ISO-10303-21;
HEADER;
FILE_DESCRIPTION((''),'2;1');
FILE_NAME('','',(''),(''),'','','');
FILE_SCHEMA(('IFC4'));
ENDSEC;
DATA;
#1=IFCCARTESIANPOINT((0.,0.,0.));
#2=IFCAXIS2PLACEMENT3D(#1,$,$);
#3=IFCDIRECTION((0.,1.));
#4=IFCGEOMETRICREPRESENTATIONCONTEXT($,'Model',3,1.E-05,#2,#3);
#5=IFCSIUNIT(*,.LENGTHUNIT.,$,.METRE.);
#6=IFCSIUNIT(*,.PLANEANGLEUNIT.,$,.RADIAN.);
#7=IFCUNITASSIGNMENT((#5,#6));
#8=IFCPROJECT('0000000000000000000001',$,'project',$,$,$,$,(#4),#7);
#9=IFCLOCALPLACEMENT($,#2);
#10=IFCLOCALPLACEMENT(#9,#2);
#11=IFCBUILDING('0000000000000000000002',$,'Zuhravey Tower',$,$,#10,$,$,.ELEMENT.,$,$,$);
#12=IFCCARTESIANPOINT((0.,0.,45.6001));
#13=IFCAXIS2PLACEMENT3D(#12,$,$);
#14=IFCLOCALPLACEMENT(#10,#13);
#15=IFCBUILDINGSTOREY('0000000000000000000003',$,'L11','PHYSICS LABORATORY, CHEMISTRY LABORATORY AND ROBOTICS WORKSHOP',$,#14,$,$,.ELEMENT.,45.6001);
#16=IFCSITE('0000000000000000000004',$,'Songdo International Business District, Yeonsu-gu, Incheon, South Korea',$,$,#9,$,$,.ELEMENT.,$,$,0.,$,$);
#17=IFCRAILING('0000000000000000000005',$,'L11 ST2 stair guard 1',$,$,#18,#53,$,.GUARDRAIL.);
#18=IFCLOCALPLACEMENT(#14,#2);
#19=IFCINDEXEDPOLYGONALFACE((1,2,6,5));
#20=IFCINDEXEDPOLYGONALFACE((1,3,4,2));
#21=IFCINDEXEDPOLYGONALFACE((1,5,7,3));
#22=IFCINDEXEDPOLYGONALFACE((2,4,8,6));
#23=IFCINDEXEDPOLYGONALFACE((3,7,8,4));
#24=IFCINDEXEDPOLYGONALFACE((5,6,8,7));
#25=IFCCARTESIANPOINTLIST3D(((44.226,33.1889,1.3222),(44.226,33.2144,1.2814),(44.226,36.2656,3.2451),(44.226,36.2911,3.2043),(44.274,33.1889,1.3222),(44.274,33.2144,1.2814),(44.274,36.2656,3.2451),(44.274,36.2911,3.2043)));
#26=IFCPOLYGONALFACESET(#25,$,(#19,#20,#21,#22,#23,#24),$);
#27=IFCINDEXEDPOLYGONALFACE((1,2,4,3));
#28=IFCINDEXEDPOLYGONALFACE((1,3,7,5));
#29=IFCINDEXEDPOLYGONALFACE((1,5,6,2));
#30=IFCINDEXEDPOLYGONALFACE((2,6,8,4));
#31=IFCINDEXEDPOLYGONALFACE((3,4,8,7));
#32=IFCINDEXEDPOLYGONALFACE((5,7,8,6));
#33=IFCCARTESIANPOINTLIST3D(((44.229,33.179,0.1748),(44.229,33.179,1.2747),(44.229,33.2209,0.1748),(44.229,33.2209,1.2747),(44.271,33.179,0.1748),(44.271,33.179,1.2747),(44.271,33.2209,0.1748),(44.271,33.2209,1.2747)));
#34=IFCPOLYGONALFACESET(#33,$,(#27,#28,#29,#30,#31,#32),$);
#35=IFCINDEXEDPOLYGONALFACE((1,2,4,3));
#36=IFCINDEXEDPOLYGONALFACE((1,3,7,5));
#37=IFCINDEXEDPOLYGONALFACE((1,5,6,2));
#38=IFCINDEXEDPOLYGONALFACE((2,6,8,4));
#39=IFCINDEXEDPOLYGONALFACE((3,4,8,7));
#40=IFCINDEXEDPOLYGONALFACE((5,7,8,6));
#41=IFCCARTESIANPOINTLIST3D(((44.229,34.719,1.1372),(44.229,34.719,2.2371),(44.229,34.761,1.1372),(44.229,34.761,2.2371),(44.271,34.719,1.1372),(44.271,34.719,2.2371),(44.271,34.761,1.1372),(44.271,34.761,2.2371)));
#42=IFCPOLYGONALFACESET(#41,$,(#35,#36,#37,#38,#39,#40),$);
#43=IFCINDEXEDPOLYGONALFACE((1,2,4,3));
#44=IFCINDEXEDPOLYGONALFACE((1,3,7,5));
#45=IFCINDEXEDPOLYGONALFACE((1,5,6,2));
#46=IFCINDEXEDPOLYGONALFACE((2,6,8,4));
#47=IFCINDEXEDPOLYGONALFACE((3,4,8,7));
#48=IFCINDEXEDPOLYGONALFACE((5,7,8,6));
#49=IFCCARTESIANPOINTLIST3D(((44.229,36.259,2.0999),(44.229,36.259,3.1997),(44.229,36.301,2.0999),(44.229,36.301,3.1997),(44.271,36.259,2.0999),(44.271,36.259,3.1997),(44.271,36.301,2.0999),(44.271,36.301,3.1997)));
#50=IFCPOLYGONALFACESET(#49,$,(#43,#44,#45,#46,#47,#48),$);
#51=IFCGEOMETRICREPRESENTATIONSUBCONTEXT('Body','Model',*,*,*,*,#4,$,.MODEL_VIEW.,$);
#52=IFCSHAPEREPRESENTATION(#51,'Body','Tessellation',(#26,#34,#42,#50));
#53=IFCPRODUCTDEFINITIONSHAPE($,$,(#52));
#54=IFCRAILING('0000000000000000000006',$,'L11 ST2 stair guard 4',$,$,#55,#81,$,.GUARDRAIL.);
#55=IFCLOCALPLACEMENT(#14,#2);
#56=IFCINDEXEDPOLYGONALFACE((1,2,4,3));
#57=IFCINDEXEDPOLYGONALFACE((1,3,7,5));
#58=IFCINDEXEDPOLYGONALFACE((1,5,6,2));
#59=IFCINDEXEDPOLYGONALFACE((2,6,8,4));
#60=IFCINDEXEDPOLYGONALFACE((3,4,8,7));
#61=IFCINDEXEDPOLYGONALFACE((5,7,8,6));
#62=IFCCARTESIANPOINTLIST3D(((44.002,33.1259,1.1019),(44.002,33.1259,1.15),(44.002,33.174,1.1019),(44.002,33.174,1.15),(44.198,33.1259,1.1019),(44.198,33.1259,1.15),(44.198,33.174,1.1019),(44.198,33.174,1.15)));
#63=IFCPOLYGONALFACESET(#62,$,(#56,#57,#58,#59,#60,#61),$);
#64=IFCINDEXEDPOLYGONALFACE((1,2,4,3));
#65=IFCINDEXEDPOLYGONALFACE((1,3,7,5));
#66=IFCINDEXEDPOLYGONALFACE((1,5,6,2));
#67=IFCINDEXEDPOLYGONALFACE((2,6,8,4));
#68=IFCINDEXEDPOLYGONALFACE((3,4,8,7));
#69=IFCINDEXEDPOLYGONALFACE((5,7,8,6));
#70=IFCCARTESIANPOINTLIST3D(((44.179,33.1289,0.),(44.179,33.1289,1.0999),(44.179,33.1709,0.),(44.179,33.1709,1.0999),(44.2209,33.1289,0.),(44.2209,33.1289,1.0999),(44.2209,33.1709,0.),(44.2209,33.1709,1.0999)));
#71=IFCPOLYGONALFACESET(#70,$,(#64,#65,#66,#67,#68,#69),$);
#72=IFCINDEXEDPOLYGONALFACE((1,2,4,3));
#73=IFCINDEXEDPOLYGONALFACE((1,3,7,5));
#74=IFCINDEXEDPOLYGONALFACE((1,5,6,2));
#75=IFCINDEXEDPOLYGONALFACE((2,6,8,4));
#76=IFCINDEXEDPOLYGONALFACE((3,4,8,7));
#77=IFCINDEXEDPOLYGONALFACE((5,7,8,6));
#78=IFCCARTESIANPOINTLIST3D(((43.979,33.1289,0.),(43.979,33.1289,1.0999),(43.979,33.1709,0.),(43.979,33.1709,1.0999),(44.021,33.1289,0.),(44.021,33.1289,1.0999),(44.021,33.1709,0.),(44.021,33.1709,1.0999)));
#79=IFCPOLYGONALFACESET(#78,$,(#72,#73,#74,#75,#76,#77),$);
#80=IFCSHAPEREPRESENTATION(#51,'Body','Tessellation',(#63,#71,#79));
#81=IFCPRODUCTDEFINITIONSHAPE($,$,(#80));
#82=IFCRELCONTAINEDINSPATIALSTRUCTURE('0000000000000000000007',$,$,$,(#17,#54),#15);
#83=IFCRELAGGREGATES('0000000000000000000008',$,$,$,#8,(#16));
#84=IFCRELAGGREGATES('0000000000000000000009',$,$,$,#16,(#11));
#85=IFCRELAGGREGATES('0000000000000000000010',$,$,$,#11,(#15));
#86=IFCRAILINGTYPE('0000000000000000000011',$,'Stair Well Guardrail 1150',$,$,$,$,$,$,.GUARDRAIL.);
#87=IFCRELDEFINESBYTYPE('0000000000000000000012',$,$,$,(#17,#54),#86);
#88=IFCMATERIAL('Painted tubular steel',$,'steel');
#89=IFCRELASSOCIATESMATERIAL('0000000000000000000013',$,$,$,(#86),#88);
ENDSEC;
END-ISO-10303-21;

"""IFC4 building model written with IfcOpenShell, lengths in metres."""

from ifc_helpers import new_model, si_unit, direction, frame, origin, origin_2d, place, context, subcontext, project, spatial, rectangle, extrude, material, type_object, element, save


model = new_model("IFC4")

# Units and contexts
model_context = context("Model", 3, precision=1e-05, world=origin(), true_north=direction((0.0, 1.0)))
body_context = subcontext(model_context, "Body", "Model", "MODEL_VIEW")
ifc_project = project(units=[si_unit("LENGTHUNIT", "METRE"), si_unit("PLANEANGLEUNIT", "RADIAN")], contexts=[model_context])

# Site, building, storey
site_placement = place(None, origin())
site = spatial("IfcSite", under=ifc_project, at=site_placement, Name="Songdo International Business District, Yeonsu-gu, Incheon, South Korea", CompositionType="ELEMENT", RefElevation=0.0)
building_placement = place(site_placement, origin())
building = spatial("IfcBuilding", under=site, at=building_placement, Name="Zuhravey Tower", CompositionType="ELEMENT")
storey_placement = place(building_placement, frame((0.0, 0.0, 45.6001)))
storey = spatial("IfcBuildingStorey", under=building, at=storey_placement, Name="L11", Description="PHYSICS LABORATORY, CHEMISTRY LABORATORY AND ROBOTICS WORKSHOP", CompositionType="ELEMENT", Elevation=45.6001)

# Railings
ifc_material_1 = material(Name="Painted tubular steel", Category="steel")
railing_type_1 = type_object("IfcRailingType", Name="Stair Well Guardrail 1150", PredefinedType="GUARDRAIL", material=ifc_material_1)
railing_1_placement = place(storey_placement, frame((44.25, 33.2, 0.1748)))
element("IfcRailing", 1, at=railing_1_placement, inside=storey, type_object=railing_type_1, Name="L11 ST2 stair guard 1", PredefinedType="GUARDRAIL", context=body_context, shape_type="SweptSolid", body=[
    extrude(rectangle(XDim=0.0481, YDim=0.0481, at=origin_2d()), frame((0.0, 0.0017, 1.127), z_axis=(0.0, 0.847998, 0.529999), x_axis=(-1.0, 0.0, 0.0)), (0.0, 0.0, 1.0), 3.6282),
    extrude(rectangle(XDim=0.042, YDim=0.042, at=origin_2d()), origin(), (0.0, 0.0, 1.0), 1.0999),
    extrude(rectangle(XDim=0.042, YDim=0.042, at=origin_2d()), frame((0.0, 1.54, 0.9624)), (0.0, 0.0, 1.0), 1.0999),
    extrude(rectangle(XDim=0.042, YDim=0.042, at=origin_2d()), frame((0.0, 3.0801, 1.925)), (0.0, 0.0, 1.0), 1.0999),
])
railing_2_placement = place(storey_placement, frame((44.2, 33.1499, 0.0)))
element("IfcRailing", 2, at=railing_2_placement, inside=storey, type_object=railing_type_1, Name="L11 ST2 stair guard 4", PredefinedType="GUARDRAIL", context=body_context, shape_type="SweptSolid", body=[
    extrude(rectangle(XDim=0.0481, YDim=0.0481, at=origin_2d()), frame((-0.002, 0.0, 1.126), z_axis=(-1.0, 0.0, 0.0), x_axis=(0.0, -1.0, 0.0)), (0.0, 0.0, 1.0), 0.196),
    extrude(rectangle(XDim=0.042, YDim=0.042, at=origin_2d()), origin(), (0.0, 0.0, 1.0), 1.0999),
    extrude(rectangle(XDim=0.042, YDim=0.042, at=origin_2d()), frame((-0.2, 0.0, 0.0)), (0.0, 0.0, 1.0), 1.0999),
])

save(model, "model.ifc")
